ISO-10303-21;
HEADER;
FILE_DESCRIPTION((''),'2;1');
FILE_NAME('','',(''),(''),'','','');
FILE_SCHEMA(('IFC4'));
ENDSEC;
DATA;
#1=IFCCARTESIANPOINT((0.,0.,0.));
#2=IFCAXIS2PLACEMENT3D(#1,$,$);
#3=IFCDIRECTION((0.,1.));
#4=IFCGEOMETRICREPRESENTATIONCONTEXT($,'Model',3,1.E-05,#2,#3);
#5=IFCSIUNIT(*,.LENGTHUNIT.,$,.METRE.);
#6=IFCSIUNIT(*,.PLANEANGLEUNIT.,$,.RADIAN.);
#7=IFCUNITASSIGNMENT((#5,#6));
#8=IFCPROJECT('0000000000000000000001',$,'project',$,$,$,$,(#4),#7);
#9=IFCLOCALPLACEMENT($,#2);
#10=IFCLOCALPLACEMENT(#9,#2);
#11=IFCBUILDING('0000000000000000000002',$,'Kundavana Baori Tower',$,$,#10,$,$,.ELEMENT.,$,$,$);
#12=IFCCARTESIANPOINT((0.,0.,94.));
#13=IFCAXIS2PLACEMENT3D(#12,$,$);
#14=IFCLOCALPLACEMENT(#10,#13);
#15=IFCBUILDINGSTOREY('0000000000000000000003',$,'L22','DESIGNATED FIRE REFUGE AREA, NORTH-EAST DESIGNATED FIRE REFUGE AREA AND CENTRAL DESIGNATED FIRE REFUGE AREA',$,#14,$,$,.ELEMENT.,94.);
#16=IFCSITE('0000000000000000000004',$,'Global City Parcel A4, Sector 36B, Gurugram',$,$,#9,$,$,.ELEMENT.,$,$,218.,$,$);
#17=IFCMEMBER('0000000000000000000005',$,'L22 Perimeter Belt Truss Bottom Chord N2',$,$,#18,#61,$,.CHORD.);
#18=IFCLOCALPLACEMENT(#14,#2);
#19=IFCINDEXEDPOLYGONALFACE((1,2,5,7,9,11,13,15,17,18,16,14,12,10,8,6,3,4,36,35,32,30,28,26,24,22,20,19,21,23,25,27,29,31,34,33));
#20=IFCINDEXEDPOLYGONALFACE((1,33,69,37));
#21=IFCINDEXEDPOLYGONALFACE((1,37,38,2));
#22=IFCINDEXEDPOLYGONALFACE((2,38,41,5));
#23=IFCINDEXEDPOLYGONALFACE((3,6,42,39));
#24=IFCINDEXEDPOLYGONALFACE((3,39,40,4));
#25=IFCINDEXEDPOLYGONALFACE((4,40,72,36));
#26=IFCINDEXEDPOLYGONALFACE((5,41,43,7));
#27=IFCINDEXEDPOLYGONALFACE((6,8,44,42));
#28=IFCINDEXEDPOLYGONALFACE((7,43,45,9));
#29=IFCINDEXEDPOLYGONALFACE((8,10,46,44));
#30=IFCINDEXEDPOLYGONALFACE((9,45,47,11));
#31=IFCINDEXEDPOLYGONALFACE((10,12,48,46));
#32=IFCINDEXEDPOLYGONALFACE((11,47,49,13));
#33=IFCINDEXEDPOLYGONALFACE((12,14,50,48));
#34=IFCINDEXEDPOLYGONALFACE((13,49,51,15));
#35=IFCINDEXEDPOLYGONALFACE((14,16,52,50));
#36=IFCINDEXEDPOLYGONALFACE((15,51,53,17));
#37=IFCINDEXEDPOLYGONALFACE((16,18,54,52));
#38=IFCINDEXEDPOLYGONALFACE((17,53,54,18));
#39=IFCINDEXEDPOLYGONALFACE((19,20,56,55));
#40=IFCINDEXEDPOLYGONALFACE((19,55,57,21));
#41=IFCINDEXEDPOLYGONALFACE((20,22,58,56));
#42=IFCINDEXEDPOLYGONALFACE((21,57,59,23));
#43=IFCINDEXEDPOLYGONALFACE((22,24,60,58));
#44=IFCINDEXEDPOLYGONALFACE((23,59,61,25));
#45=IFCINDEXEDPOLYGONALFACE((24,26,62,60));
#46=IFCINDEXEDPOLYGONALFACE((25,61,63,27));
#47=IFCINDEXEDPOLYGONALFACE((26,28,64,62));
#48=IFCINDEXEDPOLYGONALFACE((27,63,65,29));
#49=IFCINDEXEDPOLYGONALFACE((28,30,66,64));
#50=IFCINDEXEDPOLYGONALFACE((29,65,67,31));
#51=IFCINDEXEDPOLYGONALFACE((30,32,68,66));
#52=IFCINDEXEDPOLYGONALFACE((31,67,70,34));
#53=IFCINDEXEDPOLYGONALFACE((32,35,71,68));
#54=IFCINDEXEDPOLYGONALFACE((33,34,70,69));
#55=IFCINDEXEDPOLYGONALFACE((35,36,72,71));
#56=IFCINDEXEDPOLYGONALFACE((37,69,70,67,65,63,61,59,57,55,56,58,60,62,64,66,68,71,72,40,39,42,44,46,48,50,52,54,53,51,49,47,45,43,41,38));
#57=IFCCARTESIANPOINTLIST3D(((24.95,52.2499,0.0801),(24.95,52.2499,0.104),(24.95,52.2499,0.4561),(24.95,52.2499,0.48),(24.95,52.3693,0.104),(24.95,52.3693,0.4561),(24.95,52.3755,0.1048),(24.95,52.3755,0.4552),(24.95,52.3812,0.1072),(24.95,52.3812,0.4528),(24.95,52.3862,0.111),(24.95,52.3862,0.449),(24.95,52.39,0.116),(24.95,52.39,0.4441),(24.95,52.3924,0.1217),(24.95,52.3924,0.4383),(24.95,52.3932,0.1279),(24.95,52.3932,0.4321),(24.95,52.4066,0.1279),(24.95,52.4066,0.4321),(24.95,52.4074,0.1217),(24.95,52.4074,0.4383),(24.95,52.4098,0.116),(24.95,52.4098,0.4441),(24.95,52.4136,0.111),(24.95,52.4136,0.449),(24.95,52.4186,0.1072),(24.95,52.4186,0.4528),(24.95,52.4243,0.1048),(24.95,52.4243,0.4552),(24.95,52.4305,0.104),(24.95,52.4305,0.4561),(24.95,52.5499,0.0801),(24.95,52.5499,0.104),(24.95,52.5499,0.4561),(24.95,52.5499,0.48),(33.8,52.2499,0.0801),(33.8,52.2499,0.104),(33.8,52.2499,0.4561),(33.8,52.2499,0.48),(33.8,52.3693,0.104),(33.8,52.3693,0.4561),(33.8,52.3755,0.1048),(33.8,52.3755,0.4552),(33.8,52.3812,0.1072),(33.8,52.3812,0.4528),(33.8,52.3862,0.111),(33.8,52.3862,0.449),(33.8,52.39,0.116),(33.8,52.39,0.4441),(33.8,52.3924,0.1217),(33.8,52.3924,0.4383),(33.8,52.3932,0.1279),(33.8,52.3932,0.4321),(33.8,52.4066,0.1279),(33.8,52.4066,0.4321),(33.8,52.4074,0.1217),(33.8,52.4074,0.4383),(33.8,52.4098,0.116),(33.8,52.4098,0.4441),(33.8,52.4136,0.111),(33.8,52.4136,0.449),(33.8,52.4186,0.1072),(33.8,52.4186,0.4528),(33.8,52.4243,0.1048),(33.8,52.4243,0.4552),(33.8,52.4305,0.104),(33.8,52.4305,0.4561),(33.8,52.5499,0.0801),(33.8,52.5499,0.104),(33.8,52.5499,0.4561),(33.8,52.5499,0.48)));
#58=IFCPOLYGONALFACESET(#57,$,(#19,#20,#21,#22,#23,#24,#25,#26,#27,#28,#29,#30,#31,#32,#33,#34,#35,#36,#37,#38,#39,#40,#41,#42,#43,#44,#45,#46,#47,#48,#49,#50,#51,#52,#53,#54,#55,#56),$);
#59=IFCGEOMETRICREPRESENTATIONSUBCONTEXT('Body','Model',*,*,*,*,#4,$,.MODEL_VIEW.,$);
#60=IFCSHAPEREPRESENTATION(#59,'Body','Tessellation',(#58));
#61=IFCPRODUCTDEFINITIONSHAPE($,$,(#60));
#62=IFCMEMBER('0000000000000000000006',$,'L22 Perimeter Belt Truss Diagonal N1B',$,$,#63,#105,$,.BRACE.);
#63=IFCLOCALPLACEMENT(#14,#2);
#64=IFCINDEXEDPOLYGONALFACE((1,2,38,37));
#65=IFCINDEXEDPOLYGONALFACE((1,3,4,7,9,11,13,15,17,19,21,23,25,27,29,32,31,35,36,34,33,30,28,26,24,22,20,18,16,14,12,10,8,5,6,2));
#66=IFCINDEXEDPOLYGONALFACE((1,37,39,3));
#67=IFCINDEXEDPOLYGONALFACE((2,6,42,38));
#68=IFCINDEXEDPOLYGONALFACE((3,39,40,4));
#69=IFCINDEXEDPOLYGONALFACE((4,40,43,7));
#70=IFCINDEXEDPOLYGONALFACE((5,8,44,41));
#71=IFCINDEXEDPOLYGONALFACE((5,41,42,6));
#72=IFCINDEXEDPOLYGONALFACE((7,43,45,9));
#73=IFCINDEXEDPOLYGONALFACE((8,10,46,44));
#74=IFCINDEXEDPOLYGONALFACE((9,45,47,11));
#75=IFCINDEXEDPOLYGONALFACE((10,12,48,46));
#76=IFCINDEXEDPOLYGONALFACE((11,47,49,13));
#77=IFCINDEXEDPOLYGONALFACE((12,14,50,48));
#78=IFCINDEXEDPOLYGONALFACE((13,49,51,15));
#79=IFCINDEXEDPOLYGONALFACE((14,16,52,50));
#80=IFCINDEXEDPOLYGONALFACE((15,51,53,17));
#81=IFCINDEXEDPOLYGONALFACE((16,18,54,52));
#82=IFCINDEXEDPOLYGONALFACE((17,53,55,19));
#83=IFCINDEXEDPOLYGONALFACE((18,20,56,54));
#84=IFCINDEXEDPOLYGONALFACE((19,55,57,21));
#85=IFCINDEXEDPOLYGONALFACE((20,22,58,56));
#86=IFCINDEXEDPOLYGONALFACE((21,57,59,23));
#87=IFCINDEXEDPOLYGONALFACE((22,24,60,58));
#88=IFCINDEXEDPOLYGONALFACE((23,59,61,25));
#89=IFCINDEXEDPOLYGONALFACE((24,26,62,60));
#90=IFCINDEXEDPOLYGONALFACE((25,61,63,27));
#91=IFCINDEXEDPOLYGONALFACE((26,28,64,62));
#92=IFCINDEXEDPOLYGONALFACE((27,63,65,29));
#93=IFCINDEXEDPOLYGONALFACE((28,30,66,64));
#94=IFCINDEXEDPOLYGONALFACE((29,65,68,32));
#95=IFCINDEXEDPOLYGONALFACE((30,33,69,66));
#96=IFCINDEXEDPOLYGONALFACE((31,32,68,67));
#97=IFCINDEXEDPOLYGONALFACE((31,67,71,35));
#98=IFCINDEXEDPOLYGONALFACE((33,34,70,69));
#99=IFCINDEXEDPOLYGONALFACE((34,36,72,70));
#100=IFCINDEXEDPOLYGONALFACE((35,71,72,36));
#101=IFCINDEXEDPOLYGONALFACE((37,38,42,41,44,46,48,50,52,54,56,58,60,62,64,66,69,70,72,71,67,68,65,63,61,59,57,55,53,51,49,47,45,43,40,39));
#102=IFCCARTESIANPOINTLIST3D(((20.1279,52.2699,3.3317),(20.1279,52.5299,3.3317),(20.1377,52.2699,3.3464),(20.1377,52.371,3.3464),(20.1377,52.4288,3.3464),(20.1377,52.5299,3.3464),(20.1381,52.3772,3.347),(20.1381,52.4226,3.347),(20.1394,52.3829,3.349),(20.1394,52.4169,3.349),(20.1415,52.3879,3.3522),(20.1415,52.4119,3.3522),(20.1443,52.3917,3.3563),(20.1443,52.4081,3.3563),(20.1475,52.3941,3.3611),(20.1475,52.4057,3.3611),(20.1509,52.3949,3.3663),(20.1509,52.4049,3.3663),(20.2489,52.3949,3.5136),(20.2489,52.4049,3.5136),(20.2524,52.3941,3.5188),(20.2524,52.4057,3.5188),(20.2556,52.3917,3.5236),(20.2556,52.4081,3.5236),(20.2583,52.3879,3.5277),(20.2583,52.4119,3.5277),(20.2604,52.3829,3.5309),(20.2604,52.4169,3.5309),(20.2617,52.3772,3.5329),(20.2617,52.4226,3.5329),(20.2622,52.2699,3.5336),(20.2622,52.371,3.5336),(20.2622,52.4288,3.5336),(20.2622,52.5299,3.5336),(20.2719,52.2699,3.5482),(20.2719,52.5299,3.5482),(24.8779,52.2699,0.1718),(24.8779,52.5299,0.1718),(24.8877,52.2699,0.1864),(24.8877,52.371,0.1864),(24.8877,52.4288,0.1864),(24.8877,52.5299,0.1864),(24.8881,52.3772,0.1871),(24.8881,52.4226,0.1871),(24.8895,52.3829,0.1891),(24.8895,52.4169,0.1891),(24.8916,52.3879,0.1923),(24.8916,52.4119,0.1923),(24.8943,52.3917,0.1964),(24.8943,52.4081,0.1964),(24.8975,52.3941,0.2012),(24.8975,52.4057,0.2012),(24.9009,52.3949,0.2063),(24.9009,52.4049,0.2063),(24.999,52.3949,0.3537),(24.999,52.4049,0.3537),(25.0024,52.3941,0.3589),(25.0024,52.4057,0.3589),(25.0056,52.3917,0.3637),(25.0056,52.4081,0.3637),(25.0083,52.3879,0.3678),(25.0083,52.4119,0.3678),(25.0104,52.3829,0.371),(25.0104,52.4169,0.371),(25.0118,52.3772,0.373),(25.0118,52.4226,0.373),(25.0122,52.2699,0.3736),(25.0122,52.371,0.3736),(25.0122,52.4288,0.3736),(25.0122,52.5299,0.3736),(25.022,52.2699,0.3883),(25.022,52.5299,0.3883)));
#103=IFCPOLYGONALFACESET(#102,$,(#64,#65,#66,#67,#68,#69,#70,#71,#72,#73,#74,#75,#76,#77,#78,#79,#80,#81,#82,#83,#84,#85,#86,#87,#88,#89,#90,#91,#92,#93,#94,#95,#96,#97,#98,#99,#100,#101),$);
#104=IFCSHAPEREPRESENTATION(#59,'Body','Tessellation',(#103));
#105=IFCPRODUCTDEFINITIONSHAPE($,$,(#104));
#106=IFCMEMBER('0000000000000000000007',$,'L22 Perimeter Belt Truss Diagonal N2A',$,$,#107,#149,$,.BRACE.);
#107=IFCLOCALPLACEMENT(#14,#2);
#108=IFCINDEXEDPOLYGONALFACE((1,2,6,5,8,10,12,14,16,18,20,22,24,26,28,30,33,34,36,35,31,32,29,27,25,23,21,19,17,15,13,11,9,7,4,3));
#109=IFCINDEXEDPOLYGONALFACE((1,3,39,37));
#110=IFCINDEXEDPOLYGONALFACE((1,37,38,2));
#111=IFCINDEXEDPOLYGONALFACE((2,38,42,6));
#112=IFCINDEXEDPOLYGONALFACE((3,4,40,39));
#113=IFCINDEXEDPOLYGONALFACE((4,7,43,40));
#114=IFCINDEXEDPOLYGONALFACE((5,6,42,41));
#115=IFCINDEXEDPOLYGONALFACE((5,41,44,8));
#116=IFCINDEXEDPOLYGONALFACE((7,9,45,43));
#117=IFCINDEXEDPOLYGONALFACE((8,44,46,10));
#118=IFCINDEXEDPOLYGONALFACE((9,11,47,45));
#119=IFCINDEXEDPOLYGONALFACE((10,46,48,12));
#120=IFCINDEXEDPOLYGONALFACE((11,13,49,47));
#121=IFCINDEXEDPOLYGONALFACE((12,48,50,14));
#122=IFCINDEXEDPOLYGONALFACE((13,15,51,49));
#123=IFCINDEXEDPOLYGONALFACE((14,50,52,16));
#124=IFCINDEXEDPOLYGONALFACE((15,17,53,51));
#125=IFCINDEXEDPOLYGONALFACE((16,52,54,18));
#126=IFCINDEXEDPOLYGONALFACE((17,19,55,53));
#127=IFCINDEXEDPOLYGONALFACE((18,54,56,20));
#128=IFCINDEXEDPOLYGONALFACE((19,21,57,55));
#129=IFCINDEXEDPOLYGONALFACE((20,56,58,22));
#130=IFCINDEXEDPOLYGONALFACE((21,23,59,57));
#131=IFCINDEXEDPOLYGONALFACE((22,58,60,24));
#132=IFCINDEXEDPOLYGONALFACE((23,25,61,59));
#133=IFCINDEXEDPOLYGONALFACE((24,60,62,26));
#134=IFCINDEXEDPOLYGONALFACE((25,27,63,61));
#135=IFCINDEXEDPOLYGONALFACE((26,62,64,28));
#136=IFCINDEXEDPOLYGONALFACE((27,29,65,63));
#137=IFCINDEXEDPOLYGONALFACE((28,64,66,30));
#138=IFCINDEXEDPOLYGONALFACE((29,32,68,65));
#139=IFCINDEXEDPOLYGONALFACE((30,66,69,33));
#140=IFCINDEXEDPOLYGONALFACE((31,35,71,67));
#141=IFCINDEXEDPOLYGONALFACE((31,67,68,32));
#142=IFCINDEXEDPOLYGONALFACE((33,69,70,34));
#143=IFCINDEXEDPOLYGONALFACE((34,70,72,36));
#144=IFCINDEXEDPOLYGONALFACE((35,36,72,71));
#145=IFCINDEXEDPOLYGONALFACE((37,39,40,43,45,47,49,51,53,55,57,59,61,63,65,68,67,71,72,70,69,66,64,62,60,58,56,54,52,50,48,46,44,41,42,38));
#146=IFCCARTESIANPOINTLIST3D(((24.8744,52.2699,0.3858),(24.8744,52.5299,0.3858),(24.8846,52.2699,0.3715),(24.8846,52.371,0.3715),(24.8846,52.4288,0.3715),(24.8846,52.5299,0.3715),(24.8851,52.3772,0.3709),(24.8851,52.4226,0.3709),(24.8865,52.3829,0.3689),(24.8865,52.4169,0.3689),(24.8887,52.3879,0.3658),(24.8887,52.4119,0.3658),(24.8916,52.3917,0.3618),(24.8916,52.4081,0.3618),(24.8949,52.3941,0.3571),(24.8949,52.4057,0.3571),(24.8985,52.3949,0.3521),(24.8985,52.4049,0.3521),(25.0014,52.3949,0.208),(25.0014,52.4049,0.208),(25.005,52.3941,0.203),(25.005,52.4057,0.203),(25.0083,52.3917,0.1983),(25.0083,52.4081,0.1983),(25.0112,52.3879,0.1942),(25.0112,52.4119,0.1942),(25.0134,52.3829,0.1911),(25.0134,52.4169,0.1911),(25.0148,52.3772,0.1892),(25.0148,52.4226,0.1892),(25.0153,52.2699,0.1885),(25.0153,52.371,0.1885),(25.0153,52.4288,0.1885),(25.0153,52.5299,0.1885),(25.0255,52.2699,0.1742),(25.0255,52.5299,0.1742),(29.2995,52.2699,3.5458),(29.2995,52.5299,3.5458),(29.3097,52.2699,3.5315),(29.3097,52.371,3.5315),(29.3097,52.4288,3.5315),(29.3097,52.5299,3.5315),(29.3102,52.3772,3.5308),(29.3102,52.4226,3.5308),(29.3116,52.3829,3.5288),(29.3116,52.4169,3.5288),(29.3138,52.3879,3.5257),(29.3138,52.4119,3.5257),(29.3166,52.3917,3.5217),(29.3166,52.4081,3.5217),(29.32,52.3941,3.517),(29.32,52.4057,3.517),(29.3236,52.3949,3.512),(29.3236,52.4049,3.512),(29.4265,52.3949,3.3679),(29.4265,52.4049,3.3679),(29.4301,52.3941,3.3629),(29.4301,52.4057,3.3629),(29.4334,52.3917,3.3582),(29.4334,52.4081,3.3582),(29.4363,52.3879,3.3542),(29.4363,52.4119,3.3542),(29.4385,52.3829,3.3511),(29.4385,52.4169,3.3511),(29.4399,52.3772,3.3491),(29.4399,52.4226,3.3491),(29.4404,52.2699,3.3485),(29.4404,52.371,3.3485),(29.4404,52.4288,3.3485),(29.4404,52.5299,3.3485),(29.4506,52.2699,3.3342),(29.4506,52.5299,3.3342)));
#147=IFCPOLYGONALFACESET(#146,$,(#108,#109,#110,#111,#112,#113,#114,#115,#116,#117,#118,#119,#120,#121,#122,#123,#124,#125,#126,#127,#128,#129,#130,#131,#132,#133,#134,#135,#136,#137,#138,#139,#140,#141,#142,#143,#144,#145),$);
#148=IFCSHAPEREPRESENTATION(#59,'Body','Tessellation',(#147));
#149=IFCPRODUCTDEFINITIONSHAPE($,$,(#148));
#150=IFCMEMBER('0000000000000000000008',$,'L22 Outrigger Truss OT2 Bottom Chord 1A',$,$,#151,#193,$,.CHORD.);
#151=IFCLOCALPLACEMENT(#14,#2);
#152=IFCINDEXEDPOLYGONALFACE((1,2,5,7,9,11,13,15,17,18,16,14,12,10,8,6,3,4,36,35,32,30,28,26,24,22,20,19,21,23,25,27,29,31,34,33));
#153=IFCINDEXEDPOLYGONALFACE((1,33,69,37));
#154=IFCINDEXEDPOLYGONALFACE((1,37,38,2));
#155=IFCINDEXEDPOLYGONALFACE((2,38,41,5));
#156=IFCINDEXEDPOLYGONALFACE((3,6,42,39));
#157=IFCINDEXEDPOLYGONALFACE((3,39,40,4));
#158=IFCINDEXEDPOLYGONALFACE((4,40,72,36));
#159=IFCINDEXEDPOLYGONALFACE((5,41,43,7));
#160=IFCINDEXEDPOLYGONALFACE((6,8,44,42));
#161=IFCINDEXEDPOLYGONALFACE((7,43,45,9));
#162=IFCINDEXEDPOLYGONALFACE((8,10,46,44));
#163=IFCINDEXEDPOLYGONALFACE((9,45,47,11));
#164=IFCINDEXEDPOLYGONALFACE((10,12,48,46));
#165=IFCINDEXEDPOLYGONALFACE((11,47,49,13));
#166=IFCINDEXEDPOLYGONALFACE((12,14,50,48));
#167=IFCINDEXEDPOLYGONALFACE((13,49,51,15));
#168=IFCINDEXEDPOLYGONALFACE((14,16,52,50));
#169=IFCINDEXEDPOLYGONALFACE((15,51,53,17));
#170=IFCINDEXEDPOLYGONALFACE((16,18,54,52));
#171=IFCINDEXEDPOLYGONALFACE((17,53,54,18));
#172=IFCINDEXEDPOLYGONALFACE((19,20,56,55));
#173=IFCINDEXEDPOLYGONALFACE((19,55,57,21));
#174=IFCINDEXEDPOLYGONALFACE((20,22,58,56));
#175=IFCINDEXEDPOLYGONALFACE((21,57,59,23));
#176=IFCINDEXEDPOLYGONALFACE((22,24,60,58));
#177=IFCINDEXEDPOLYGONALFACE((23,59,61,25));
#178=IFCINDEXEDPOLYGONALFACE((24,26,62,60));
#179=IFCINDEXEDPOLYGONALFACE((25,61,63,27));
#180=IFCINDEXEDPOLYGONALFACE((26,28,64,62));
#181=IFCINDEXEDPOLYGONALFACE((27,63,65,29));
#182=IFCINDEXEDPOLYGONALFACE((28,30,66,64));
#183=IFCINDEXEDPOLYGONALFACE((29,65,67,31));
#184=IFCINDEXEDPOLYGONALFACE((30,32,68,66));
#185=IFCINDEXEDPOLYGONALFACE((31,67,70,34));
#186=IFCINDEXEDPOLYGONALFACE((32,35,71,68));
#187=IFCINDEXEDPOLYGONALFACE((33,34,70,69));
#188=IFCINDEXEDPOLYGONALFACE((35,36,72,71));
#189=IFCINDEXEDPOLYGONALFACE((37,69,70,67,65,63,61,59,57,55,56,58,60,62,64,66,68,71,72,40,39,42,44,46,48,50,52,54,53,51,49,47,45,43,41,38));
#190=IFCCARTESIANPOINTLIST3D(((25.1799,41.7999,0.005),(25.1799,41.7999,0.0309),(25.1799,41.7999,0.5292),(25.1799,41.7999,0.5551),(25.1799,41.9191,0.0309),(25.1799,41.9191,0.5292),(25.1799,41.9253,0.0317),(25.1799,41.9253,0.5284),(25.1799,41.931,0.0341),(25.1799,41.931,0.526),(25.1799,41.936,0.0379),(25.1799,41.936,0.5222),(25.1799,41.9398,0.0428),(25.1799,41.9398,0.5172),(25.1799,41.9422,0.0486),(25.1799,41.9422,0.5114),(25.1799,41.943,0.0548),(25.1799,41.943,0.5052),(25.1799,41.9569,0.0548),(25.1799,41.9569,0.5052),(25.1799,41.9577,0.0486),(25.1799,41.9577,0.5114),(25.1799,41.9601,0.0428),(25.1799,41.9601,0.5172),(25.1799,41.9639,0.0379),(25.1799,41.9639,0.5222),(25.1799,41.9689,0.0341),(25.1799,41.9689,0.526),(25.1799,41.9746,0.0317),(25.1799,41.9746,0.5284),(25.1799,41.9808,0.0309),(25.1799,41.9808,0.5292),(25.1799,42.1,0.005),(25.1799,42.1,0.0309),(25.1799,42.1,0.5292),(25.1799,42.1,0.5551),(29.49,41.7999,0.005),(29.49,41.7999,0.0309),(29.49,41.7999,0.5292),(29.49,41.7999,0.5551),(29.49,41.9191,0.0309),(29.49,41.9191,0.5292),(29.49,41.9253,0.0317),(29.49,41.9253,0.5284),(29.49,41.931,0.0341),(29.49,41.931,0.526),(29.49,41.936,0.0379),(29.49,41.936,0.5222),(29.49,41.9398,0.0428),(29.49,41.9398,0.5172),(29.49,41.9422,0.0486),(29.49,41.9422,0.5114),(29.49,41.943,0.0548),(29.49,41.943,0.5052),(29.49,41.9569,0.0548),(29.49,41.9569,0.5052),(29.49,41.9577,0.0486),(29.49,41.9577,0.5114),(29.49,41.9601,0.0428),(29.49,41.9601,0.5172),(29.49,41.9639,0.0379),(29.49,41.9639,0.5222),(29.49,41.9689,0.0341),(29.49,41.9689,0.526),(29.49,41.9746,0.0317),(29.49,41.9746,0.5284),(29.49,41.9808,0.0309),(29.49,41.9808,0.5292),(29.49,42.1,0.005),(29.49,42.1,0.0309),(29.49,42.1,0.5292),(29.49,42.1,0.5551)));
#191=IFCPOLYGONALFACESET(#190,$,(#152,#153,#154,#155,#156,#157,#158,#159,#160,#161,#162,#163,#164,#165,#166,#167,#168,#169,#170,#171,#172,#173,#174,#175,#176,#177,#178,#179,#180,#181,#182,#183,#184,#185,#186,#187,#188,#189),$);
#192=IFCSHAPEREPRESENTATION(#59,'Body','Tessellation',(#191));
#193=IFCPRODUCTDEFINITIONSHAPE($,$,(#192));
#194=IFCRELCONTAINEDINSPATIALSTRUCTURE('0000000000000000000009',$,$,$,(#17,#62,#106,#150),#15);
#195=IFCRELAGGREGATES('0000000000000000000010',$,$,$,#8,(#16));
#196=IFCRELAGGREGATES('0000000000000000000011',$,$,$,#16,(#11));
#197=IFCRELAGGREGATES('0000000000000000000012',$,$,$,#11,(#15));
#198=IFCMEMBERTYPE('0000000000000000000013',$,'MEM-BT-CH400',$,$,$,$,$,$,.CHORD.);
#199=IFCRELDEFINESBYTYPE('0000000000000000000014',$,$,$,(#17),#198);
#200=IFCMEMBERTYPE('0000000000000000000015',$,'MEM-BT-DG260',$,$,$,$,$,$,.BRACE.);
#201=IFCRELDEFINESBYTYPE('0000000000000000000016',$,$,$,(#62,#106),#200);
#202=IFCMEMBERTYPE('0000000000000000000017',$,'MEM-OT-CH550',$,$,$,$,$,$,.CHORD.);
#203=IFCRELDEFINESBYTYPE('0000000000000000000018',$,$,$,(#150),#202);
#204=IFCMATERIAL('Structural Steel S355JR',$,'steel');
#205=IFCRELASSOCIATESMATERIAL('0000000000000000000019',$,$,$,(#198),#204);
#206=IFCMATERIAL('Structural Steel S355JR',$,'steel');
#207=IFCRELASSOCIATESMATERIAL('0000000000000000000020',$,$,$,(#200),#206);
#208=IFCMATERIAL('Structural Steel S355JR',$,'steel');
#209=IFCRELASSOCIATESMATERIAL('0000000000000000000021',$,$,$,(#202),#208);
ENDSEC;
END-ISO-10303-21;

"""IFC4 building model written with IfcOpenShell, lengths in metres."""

from ifc_helpers import new_model, si_unit, direction, frame, origin, origin_2d, place, context, subcontext, project, spatial, i_section, extrude, material, material_profile, profile_set, type_object, element, save


model = new_model("IFC4")

# Units and contexts
model_context = context("Model", 3, precision=1e-05, world=origin(), true_north=direction((0.0, 1.0)))
body_context = subcontext(model_context, "Body", "Model", "MODEL_VIEW")
ifc_project = project(units=[si_unit("LENGTHUNIT", "METRE"), si_unit("PLANEANGLEUNIT", "RADIAN")], contexts=[model_context])

# Site, building, storey
site_placement = place(None, origin())
site = spatial("IfcSite", under=ifc_project, at=site_placement, Name="Global City Parcel A4, Sector 36B, Gurugram", CompositionType="ELEMENT", RefElevation=218.0)
building_placement = place(site_placement, origin())
building = spatial("IfcBuilding", under=site, at=building_placement, Name="Kundavana Baori Tower", CompositionType="ELEMENT")
storey_placement = place(building_placement, frame((0.0, 0.0, 94.0)))
storey = spatial("IfcBuildingStorey", under=building, at=storey_placement, Name="L22", Description="DESIGNATED FIRE REFUGE AREA, NORTH-EAST DESIGNATED FIRE REFUGE AREA AND CENTRAL DESIGNATED FIRE REFUGE AREA", CompositionType="ELEMENT", Elevation=94.0)

# Members
ifc_material_1 = material(Name="Structural Steel S355JR", Category="steel")
ifc_material_profile_1 = material_profile(ifc_material_1, i_section(OverallWidth=0.3, OverallDepth=0.3999, WebThickness=0.0134, FlangeThickness=0.0239, FilletRadius=0.0239, at=origin_2d()), Name="WPB 400x300x135")
ifc_profile_set_1 = profile_set([ifc_material_profile_1], Name="Structural Steel S355JR")
member_type_1 = type_object("IfcMemberType", Name="MEM-BT-CH400", PredefinedType="CHORD", material=ifc_profile_set_1)
member_1_placement = place(storey_placement, frame((24.95, 52.3999, 0.28), z_axis=(1.0, 0.0, 0.0), x_axis=(0.0, 1.0, 0.0)))
element("IfcMember", 1, at=member_1_placement, inside=storey, type_object=member_type_1, Name="L22 Perimeter Belt Truss Bottom Chord N2", PredefinedType="CHORD", context=body_context, shape_type="SweptSolid", body=[
    extrude(i_section(OverallWidth=0.3, OverallDepth=0.3999, WebThickness=0.0134, FlangeThickness=0.0239, FilletRadius=0.0239, at=origin_2d()), origin(), (0.0, 0.0, 1.0), 8.8501),
])
ifc_material_2 = material(Name="Structural Steel S355JR", Category="steel")
ifc_material_profile_2 = material_profile(ifc_material_2, i_section(OverallWidth=0.26, OverallDepth=0.26, WebThickness=0.01, FlangeThickness=0.0176, FilletRadius=0.0239, at=origin_2d()), Name="WPB 260x260x93")
ifc_profile_set_2 = profile_set([ifc_material_profile_2], Name="Structural Steel S355JR")
member_type_2 = type_object("IfcMemberType", Name="MEM-BT-DG260", PredefinedType="BRACE", material=ifc_profile_set_2)
member_2_placement = place(storey_placement, frame((24.95, 52.3999, 0.28), z_axis=(-0.832596, 0.0, 0.55388), x_axis=(0.0, -1.0, 0.0)))
element("IfcMember", 2, at=member_2_placement, inside=storey, type_object=member_type_2, Name="L22 Perimeter Belt Truss Diagonal N1B", PredefinedType="BRACE", context=body_context, shape_type="SweptSolid", body=[
    extrude(i_section(OverallWidth=0.26, OverallDepth=0.26, WebThickness=0.01, FlangeThickness=0.0176, FilletRadius=0.0239, at=origin_2d()), origin(), (0.0, 0.0, 1.0), 5.7051),
])
member_3_placement = place(storey_placement, frame((24.95, 52.3999, 0.28), z_axis=(0.813806, 0.0, 0.581136), x_axis=(0.0, 1.0, 0.0)))
element("IfcMember", 3, at=member_3_placement, inside=storey, type_object=member_type_2, Name="L22 Perimeter Belt Truss Diagonal N2A", PredefinedType="BRACE", context=body_context, shape_type="SweptSolid", body=[
    extrude(i_section(OverallWidth=0.26, OverallDepth=0.26, WebThickness=0.01, FlangeThickness=0.0176, FilletRadius=0.0239, at=origin_2d()), origin(), (0.0, 0.0, 1.0), 5.4375),
])
ifc_material_3 = material(Name="Structural Steel S355JR", Category="steel")
ifc_material_profile_3 = material_profile(ifc_material_3, i_section(OverallWidth=0.3, OverallDepth=0.55, WebThickness=0.0139, FlangeThickness=0.0259, FilletRadius=0.0239, at=origin_2d()), Name="WPB 550x300x166")
ifc_profile_set_3 = profile_set([ifc_material_profile_3], Name="Structural Steel S355JR")
member_type_3 = type_object("IfcMemberType", Name="MEM-OT-CH550", PredefinedType="CHORD", material=ifc_profile_set_3)
for number, where, z_axis, x_axis, name in (
    (4, (25.1799, 41.95, 0.28), (1.0, 0.0, 0.0), (0.0, 1.0, 0.0), "L22 Outrigger Truss OT2 Bottom Chord 1A"),
):
    element("IfcMember", number, at=place(storey_placement, frame(where, z_axis=z_axis, x_axis=x_axis)), inside=storey, type_object=member_type_3, Name=name, PredefinedType="CHORD", context=body_context, shape_type="SweptSolid", body=[
        extrude(i_section(OverallWidth=0.3, OverallDepth=0.55, WebThickness=0.0139, FlangeThickness=0.0259, FilletRadius=0.0239, at=origin_2d()), origin(), (0.0, 0.0, 1.0), 4.3101),
    ])

save(model, "model.ifc")
